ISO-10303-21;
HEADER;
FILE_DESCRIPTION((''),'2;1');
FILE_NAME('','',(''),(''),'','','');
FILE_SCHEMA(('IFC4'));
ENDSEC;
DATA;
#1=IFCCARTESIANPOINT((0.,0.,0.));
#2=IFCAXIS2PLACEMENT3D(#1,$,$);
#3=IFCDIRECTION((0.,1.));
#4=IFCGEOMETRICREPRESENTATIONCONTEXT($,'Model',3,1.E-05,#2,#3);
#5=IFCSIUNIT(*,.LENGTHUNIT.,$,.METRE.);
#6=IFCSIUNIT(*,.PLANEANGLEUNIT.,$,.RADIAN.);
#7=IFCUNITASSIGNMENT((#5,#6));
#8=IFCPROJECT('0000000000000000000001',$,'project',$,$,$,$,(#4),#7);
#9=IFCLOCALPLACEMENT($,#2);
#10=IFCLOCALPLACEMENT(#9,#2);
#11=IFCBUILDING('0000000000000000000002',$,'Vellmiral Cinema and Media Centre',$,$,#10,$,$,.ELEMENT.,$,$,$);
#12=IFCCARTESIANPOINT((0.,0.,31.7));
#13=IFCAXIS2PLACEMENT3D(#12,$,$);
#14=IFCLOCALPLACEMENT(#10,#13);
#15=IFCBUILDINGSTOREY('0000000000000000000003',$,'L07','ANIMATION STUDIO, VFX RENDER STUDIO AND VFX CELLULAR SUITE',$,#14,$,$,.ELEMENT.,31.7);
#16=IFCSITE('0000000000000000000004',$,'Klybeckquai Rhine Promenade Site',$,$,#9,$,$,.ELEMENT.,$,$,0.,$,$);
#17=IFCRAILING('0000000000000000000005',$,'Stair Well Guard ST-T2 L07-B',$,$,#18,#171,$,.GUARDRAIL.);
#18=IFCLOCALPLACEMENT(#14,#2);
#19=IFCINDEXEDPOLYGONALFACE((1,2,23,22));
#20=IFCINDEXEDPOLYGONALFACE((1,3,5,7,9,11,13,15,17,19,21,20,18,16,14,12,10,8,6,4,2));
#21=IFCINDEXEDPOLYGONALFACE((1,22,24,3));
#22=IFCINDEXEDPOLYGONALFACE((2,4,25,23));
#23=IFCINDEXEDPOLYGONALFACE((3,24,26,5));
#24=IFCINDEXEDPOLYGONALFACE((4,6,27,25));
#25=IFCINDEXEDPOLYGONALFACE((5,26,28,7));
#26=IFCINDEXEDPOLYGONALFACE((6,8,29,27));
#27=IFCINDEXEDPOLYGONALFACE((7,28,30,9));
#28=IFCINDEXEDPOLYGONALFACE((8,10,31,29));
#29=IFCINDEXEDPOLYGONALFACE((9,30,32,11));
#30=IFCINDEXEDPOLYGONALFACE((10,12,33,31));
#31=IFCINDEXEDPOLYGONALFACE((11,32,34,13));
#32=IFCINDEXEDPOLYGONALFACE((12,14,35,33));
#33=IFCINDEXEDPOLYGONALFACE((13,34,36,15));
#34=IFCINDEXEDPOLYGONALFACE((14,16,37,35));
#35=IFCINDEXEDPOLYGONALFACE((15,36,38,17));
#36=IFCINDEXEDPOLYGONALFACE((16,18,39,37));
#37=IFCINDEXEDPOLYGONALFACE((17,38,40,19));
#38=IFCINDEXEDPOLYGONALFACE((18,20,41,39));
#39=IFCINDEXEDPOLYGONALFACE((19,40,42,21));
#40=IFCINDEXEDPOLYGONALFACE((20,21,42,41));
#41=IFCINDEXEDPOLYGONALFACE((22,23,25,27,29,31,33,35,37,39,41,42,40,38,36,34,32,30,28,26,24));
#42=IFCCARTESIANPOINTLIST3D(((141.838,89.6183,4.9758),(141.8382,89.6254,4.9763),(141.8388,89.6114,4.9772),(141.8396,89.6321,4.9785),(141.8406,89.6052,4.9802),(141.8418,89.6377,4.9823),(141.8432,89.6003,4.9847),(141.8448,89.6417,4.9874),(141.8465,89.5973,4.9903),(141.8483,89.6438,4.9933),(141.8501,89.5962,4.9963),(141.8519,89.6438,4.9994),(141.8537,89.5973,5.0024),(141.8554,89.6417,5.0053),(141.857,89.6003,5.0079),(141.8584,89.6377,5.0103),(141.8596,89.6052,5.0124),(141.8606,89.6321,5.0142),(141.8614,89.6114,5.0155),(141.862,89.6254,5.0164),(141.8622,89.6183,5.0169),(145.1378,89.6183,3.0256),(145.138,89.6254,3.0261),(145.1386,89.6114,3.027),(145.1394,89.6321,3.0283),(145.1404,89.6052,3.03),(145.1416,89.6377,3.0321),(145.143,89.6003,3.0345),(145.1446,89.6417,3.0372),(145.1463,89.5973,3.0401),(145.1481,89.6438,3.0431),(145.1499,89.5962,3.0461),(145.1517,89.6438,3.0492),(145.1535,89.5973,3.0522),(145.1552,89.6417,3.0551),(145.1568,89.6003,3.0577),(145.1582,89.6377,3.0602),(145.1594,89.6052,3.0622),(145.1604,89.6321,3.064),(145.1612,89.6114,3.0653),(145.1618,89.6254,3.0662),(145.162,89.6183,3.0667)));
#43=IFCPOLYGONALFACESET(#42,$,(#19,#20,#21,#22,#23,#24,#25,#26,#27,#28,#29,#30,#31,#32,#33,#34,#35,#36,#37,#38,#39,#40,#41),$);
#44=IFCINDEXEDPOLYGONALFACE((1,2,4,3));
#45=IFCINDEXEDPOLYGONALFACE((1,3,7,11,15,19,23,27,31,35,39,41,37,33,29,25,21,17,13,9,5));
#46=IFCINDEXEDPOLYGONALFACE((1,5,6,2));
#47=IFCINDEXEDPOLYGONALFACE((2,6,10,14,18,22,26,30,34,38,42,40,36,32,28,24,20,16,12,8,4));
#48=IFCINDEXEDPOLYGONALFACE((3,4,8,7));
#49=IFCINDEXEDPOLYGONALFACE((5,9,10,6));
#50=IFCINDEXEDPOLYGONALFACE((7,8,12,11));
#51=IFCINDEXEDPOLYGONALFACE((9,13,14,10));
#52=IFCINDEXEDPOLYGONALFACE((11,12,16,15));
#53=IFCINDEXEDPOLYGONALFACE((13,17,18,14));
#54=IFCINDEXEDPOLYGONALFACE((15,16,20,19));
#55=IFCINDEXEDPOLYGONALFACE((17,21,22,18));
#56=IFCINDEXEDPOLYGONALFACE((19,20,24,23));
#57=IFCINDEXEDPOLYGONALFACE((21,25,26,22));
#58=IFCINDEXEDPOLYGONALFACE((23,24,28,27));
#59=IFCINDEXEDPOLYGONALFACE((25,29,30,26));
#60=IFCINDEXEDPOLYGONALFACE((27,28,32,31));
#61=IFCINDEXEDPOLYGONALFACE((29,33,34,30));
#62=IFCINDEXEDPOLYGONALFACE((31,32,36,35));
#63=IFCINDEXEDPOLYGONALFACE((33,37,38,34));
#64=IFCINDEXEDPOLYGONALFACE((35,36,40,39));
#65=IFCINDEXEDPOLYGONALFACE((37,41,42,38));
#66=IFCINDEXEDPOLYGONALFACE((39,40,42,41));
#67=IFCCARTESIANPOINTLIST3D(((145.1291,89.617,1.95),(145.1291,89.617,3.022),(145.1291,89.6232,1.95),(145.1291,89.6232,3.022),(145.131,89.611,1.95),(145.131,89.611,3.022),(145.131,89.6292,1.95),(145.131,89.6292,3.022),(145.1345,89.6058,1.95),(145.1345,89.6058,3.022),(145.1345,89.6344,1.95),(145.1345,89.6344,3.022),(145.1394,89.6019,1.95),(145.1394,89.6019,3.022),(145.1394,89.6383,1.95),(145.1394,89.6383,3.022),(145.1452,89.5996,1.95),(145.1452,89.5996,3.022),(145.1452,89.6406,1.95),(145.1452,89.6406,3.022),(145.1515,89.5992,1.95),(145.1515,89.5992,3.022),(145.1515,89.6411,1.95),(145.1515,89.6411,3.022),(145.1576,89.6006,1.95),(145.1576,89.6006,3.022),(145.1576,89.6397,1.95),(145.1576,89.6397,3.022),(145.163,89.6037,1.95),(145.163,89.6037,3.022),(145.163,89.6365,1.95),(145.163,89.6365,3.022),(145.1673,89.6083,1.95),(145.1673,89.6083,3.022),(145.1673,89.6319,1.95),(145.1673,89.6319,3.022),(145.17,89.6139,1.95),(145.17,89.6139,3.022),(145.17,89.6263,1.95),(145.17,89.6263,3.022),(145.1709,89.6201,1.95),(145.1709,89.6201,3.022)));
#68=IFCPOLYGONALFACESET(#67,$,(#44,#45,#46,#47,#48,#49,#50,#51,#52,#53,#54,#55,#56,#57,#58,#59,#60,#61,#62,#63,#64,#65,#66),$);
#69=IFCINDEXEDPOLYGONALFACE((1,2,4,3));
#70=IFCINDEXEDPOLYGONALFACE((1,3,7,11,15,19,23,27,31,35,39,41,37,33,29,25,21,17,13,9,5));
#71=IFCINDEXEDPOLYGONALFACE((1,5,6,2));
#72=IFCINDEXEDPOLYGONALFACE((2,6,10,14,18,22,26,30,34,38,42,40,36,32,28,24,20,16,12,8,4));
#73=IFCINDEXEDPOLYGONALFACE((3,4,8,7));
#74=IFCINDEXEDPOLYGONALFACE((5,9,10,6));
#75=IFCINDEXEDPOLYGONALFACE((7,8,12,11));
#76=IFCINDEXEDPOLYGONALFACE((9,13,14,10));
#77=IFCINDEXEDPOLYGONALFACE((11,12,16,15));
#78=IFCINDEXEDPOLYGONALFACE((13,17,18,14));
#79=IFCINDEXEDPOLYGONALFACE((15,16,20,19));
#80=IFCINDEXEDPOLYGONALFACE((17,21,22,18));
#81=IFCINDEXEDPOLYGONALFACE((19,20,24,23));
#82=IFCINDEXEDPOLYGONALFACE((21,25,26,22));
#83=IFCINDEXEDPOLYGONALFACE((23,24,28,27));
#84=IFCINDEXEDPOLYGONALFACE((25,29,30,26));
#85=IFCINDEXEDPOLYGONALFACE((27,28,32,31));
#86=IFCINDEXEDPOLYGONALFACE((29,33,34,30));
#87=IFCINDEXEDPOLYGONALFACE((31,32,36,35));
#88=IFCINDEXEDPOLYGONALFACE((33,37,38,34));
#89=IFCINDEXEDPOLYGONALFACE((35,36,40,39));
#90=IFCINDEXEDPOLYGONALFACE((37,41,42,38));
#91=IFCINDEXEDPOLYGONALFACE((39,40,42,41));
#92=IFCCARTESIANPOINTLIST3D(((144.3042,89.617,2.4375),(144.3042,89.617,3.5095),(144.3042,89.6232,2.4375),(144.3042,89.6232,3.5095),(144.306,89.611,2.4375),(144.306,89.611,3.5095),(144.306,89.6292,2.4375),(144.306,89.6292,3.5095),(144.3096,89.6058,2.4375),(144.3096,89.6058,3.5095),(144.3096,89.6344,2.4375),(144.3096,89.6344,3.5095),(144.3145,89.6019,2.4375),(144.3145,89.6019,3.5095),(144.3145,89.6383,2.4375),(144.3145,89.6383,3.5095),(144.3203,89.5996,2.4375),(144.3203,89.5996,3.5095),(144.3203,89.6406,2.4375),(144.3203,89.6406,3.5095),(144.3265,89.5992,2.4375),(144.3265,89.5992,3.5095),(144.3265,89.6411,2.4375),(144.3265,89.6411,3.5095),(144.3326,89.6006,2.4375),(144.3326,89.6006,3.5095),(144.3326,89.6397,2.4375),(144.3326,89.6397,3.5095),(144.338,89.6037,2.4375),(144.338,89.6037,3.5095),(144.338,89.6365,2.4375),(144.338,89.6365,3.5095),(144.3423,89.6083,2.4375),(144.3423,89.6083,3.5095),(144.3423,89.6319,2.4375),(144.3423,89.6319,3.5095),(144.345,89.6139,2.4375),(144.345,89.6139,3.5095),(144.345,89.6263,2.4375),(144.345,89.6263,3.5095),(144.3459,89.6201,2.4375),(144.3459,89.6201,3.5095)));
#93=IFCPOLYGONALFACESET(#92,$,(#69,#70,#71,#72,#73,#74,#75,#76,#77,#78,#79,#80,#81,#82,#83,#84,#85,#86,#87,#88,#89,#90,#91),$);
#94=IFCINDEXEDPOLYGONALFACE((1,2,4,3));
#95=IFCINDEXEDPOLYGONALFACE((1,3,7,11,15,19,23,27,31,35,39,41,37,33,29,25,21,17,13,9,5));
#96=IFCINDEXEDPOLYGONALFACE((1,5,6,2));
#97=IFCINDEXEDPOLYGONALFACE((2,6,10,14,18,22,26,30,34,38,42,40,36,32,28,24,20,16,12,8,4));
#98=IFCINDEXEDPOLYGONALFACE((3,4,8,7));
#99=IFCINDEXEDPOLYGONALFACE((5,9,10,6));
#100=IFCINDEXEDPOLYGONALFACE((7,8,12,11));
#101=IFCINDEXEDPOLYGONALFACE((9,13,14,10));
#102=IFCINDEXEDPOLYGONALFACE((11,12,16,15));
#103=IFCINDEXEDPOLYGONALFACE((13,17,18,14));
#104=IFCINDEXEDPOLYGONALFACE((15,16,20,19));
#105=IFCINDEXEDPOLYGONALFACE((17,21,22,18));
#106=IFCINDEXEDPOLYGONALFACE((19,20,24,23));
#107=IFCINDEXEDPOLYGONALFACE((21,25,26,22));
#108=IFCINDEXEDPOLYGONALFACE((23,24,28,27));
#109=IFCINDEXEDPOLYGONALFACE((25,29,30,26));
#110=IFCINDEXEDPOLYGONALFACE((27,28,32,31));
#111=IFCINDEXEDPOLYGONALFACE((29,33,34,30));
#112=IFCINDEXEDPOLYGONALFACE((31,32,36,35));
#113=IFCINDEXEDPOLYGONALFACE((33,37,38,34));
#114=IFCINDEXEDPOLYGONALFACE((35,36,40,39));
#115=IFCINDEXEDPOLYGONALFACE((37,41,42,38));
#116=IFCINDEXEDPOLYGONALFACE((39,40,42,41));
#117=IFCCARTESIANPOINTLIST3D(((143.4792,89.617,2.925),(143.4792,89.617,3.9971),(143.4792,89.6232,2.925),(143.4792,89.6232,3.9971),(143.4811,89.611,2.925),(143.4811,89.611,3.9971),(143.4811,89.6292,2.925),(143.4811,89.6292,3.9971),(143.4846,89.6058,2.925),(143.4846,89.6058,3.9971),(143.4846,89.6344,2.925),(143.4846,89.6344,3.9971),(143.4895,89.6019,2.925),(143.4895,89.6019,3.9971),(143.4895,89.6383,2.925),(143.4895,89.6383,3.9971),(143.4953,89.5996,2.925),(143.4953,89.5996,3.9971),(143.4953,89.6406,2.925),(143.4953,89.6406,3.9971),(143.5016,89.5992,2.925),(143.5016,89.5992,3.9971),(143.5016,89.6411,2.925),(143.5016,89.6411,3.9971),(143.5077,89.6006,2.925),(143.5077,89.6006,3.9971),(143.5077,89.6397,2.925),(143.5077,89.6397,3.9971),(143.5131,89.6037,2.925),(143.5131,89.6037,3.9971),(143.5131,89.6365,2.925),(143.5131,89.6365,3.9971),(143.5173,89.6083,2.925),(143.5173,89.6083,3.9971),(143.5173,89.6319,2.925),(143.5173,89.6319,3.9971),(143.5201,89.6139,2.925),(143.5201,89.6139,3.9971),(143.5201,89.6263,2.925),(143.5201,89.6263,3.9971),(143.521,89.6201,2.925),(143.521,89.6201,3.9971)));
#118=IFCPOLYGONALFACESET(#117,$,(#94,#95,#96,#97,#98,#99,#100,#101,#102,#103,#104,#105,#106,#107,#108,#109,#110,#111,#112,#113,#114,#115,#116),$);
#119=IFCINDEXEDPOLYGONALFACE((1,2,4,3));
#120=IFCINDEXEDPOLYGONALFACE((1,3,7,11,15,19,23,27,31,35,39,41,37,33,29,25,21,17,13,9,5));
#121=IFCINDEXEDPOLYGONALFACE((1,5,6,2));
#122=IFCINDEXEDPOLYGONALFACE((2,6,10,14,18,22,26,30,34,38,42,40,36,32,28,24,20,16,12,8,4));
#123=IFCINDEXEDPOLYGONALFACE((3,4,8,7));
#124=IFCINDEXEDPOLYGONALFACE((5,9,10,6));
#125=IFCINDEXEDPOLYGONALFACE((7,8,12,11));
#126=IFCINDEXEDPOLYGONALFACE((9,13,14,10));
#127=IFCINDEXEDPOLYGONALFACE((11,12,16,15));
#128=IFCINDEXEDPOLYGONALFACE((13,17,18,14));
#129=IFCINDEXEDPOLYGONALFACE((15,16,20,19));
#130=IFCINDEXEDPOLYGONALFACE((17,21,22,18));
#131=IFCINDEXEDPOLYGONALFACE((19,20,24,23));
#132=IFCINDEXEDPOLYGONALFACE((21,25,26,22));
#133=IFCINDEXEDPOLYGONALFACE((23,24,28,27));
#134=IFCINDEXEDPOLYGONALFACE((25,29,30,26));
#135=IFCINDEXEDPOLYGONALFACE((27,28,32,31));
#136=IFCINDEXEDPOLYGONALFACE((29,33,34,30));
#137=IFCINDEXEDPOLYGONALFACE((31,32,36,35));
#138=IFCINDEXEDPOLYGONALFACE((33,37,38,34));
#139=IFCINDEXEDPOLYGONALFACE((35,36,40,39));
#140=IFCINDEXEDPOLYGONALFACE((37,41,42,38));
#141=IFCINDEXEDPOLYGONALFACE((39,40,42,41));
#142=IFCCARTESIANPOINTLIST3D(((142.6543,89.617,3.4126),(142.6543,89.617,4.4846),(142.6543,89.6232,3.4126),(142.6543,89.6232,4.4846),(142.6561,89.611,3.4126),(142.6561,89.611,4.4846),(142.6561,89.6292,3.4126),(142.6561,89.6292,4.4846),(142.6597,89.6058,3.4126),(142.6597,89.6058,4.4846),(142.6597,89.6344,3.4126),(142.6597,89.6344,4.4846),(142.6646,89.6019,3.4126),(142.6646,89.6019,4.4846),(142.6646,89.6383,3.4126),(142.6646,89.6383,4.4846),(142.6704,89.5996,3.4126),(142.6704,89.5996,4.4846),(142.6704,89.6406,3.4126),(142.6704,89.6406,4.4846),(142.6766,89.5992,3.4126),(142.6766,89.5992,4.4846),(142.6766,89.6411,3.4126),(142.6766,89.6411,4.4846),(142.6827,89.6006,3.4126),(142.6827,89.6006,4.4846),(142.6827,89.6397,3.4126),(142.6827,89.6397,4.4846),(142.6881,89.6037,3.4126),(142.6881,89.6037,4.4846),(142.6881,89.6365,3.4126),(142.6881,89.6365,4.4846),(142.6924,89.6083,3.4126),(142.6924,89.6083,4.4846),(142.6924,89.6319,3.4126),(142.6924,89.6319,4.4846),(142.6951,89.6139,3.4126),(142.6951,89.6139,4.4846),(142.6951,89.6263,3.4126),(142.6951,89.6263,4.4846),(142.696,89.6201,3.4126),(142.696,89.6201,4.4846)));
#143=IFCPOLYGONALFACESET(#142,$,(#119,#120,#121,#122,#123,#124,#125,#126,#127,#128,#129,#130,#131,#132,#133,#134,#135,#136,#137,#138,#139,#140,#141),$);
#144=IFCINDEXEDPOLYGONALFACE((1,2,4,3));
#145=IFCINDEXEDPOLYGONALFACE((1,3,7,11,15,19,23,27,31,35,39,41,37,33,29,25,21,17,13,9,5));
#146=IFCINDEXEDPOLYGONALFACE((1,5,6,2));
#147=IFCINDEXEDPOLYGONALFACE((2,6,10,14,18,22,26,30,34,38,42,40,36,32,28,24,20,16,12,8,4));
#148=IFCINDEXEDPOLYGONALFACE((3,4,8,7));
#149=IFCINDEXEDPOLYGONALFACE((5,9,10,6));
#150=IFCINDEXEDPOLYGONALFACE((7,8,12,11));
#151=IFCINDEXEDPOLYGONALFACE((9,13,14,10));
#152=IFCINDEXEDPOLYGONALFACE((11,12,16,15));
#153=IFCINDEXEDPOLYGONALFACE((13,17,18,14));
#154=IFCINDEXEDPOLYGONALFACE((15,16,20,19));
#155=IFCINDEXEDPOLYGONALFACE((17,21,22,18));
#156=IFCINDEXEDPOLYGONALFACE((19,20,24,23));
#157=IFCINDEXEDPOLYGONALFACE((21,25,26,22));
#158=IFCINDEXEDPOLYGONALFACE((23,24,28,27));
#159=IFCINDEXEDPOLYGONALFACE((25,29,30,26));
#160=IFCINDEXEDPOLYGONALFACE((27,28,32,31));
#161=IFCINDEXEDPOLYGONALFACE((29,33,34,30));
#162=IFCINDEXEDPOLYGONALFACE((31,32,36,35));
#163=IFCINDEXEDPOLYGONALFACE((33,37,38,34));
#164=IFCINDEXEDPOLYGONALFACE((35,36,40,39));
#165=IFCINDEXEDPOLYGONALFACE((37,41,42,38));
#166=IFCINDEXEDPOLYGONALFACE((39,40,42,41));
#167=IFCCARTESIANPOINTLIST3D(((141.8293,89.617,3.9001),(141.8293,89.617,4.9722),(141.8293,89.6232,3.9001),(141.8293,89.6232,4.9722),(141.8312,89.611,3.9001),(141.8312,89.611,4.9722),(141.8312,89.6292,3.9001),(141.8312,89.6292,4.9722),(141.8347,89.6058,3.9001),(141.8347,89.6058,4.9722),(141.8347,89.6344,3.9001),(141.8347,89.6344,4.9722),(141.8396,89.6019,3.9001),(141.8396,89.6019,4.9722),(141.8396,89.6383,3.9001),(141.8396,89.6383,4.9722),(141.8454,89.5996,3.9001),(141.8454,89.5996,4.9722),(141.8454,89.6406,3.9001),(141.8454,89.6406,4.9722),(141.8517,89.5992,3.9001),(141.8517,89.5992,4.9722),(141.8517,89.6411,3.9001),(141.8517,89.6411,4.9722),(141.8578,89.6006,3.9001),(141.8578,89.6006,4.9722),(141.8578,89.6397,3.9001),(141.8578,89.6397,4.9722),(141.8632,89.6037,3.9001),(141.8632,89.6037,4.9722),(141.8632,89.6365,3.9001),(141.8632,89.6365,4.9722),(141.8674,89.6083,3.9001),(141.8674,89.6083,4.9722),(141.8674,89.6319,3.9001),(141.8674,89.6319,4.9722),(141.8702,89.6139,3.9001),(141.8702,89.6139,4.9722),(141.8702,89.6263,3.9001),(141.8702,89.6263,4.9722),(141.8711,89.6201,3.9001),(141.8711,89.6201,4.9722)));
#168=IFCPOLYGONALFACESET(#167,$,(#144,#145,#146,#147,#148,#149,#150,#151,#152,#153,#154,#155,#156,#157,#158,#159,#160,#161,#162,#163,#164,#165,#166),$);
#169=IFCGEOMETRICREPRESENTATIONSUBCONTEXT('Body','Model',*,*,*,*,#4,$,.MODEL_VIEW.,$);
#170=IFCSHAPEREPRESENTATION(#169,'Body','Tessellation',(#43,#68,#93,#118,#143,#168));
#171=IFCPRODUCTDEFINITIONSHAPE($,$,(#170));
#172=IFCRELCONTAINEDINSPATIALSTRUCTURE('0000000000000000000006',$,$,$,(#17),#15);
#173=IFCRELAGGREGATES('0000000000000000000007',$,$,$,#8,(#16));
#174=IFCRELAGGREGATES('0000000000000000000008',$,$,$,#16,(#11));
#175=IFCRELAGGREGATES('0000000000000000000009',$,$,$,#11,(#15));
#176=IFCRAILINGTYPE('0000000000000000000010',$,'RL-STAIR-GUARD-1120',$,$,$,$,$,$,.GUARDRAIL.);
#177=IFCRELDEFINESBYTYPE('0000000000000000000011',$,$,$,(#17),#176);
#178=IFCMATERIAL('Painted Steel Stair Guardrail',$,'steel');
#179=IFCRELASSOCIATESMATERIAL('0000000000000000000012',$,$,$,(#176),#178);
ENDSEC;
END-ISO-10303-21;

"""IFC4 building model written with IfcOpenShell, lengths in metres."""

from ifc_helpers import new_model, si_unit, direction, frame, origin, origin_2d, place, context, subcontext, project, spatial, circle, extrude, material, type_object, element, save


model = new_model("IFC4")

# Units and contexts
model_context = context("Model", 3, precision=1e-05, world=origin(), true_north=direction((0.0, 1.0)))
body_context = subcontext(model_context, "Body", "Model", "MODEL_VIEW")
ifc_project = project(units=[si_unit("LENGTHUNIT", "METRE"), si_unit("PLANEANGLEUNIT", "RADIAN")], contexts=[model_context])

# Site, building, storey
site_placement = place(None, origin())
site = spatial("IfcSite", under=ifc_project, at=site_placement, Name="Klybeckquai Rhine Promenade Site", CompositionType="ELEMENT", RefElevation=0.0)
building_placement = place(site_placement, origin())
building = spatial("IfcBuilding", under=site, at=building_placement, Name="Vellmiral Cinema and Media Centre", CompositionType="ELEMENT")
storey_placement = place(building_placement, frame((0.0, 0.0, 31.7)))
storey = spatial("IfcBuildingStorey", under=building, at=storey_placement, Name="L07", Description="ANIMATION STUDIO, VFX RENDER STUDIO AND VFX CELLULAR SUITE", CompositionType="ELEMENT", Elevation=31.7)

# Railing
ifc_material_1 = material(Name="Painted Steel Stair Guardrail", Category="steel")
railing_type_1 = type_object("IfcRailingType", Name="RL-STAIR-GUARD-1120", PredefinedType="GUARDRAIL", material=ifc_material_1)
railing_1_placement = place(storey_placement, frame((145.1499, 89.6201, 1.95)))
element("IfcRailing", 1, at=railing_1_placement, inside=storey, type_object=railing_type_1, Name="Stair Well Guard ST-T2 L07-B", PredefinedType="GUARDRAIL", context=body_context, shape_type="SweptSolid", body=[
    extrude(circle(Radius=0.0239, at=origin_2d()), frame((0.0, 0.0, 1.0962), z_axis=(-0.860891, 0.0, 0.508789), x_axis=(0.0, -1.0, 0.0)), (0.0, 0.0, 1.0), 3.833),
    extrude(circle(Radius=0.021, at=origin_2d()), origin(), (0.0, 0.0, 1.0), 1.072),
    extrude(circle(Radius=0.021, at=origin_2d()), frame((-0.825, 0.0, 0.4875)), (0.0, 0.0, 1.0), 1.072),
    extrude(circle(Radius=0.021, at=origin_2d()), frame((-1.6499, 0.0, 0.9751)), (0.0, 0.0, 1.0), 1.072),
    extrude(circle(Radius=0.021, at=origin_2d()), frame((-2.4749, 0.0, 1.4626)), (0.0, 0.0, 1.0), 1.072),
    extrude(circle(Radius=0.021, at=origin_2d()), frame((-3.2998, 0.0, 1.9502)), (0.0, 0.0, 1.0), 1.072),
])

save(model, "model.ifc")
